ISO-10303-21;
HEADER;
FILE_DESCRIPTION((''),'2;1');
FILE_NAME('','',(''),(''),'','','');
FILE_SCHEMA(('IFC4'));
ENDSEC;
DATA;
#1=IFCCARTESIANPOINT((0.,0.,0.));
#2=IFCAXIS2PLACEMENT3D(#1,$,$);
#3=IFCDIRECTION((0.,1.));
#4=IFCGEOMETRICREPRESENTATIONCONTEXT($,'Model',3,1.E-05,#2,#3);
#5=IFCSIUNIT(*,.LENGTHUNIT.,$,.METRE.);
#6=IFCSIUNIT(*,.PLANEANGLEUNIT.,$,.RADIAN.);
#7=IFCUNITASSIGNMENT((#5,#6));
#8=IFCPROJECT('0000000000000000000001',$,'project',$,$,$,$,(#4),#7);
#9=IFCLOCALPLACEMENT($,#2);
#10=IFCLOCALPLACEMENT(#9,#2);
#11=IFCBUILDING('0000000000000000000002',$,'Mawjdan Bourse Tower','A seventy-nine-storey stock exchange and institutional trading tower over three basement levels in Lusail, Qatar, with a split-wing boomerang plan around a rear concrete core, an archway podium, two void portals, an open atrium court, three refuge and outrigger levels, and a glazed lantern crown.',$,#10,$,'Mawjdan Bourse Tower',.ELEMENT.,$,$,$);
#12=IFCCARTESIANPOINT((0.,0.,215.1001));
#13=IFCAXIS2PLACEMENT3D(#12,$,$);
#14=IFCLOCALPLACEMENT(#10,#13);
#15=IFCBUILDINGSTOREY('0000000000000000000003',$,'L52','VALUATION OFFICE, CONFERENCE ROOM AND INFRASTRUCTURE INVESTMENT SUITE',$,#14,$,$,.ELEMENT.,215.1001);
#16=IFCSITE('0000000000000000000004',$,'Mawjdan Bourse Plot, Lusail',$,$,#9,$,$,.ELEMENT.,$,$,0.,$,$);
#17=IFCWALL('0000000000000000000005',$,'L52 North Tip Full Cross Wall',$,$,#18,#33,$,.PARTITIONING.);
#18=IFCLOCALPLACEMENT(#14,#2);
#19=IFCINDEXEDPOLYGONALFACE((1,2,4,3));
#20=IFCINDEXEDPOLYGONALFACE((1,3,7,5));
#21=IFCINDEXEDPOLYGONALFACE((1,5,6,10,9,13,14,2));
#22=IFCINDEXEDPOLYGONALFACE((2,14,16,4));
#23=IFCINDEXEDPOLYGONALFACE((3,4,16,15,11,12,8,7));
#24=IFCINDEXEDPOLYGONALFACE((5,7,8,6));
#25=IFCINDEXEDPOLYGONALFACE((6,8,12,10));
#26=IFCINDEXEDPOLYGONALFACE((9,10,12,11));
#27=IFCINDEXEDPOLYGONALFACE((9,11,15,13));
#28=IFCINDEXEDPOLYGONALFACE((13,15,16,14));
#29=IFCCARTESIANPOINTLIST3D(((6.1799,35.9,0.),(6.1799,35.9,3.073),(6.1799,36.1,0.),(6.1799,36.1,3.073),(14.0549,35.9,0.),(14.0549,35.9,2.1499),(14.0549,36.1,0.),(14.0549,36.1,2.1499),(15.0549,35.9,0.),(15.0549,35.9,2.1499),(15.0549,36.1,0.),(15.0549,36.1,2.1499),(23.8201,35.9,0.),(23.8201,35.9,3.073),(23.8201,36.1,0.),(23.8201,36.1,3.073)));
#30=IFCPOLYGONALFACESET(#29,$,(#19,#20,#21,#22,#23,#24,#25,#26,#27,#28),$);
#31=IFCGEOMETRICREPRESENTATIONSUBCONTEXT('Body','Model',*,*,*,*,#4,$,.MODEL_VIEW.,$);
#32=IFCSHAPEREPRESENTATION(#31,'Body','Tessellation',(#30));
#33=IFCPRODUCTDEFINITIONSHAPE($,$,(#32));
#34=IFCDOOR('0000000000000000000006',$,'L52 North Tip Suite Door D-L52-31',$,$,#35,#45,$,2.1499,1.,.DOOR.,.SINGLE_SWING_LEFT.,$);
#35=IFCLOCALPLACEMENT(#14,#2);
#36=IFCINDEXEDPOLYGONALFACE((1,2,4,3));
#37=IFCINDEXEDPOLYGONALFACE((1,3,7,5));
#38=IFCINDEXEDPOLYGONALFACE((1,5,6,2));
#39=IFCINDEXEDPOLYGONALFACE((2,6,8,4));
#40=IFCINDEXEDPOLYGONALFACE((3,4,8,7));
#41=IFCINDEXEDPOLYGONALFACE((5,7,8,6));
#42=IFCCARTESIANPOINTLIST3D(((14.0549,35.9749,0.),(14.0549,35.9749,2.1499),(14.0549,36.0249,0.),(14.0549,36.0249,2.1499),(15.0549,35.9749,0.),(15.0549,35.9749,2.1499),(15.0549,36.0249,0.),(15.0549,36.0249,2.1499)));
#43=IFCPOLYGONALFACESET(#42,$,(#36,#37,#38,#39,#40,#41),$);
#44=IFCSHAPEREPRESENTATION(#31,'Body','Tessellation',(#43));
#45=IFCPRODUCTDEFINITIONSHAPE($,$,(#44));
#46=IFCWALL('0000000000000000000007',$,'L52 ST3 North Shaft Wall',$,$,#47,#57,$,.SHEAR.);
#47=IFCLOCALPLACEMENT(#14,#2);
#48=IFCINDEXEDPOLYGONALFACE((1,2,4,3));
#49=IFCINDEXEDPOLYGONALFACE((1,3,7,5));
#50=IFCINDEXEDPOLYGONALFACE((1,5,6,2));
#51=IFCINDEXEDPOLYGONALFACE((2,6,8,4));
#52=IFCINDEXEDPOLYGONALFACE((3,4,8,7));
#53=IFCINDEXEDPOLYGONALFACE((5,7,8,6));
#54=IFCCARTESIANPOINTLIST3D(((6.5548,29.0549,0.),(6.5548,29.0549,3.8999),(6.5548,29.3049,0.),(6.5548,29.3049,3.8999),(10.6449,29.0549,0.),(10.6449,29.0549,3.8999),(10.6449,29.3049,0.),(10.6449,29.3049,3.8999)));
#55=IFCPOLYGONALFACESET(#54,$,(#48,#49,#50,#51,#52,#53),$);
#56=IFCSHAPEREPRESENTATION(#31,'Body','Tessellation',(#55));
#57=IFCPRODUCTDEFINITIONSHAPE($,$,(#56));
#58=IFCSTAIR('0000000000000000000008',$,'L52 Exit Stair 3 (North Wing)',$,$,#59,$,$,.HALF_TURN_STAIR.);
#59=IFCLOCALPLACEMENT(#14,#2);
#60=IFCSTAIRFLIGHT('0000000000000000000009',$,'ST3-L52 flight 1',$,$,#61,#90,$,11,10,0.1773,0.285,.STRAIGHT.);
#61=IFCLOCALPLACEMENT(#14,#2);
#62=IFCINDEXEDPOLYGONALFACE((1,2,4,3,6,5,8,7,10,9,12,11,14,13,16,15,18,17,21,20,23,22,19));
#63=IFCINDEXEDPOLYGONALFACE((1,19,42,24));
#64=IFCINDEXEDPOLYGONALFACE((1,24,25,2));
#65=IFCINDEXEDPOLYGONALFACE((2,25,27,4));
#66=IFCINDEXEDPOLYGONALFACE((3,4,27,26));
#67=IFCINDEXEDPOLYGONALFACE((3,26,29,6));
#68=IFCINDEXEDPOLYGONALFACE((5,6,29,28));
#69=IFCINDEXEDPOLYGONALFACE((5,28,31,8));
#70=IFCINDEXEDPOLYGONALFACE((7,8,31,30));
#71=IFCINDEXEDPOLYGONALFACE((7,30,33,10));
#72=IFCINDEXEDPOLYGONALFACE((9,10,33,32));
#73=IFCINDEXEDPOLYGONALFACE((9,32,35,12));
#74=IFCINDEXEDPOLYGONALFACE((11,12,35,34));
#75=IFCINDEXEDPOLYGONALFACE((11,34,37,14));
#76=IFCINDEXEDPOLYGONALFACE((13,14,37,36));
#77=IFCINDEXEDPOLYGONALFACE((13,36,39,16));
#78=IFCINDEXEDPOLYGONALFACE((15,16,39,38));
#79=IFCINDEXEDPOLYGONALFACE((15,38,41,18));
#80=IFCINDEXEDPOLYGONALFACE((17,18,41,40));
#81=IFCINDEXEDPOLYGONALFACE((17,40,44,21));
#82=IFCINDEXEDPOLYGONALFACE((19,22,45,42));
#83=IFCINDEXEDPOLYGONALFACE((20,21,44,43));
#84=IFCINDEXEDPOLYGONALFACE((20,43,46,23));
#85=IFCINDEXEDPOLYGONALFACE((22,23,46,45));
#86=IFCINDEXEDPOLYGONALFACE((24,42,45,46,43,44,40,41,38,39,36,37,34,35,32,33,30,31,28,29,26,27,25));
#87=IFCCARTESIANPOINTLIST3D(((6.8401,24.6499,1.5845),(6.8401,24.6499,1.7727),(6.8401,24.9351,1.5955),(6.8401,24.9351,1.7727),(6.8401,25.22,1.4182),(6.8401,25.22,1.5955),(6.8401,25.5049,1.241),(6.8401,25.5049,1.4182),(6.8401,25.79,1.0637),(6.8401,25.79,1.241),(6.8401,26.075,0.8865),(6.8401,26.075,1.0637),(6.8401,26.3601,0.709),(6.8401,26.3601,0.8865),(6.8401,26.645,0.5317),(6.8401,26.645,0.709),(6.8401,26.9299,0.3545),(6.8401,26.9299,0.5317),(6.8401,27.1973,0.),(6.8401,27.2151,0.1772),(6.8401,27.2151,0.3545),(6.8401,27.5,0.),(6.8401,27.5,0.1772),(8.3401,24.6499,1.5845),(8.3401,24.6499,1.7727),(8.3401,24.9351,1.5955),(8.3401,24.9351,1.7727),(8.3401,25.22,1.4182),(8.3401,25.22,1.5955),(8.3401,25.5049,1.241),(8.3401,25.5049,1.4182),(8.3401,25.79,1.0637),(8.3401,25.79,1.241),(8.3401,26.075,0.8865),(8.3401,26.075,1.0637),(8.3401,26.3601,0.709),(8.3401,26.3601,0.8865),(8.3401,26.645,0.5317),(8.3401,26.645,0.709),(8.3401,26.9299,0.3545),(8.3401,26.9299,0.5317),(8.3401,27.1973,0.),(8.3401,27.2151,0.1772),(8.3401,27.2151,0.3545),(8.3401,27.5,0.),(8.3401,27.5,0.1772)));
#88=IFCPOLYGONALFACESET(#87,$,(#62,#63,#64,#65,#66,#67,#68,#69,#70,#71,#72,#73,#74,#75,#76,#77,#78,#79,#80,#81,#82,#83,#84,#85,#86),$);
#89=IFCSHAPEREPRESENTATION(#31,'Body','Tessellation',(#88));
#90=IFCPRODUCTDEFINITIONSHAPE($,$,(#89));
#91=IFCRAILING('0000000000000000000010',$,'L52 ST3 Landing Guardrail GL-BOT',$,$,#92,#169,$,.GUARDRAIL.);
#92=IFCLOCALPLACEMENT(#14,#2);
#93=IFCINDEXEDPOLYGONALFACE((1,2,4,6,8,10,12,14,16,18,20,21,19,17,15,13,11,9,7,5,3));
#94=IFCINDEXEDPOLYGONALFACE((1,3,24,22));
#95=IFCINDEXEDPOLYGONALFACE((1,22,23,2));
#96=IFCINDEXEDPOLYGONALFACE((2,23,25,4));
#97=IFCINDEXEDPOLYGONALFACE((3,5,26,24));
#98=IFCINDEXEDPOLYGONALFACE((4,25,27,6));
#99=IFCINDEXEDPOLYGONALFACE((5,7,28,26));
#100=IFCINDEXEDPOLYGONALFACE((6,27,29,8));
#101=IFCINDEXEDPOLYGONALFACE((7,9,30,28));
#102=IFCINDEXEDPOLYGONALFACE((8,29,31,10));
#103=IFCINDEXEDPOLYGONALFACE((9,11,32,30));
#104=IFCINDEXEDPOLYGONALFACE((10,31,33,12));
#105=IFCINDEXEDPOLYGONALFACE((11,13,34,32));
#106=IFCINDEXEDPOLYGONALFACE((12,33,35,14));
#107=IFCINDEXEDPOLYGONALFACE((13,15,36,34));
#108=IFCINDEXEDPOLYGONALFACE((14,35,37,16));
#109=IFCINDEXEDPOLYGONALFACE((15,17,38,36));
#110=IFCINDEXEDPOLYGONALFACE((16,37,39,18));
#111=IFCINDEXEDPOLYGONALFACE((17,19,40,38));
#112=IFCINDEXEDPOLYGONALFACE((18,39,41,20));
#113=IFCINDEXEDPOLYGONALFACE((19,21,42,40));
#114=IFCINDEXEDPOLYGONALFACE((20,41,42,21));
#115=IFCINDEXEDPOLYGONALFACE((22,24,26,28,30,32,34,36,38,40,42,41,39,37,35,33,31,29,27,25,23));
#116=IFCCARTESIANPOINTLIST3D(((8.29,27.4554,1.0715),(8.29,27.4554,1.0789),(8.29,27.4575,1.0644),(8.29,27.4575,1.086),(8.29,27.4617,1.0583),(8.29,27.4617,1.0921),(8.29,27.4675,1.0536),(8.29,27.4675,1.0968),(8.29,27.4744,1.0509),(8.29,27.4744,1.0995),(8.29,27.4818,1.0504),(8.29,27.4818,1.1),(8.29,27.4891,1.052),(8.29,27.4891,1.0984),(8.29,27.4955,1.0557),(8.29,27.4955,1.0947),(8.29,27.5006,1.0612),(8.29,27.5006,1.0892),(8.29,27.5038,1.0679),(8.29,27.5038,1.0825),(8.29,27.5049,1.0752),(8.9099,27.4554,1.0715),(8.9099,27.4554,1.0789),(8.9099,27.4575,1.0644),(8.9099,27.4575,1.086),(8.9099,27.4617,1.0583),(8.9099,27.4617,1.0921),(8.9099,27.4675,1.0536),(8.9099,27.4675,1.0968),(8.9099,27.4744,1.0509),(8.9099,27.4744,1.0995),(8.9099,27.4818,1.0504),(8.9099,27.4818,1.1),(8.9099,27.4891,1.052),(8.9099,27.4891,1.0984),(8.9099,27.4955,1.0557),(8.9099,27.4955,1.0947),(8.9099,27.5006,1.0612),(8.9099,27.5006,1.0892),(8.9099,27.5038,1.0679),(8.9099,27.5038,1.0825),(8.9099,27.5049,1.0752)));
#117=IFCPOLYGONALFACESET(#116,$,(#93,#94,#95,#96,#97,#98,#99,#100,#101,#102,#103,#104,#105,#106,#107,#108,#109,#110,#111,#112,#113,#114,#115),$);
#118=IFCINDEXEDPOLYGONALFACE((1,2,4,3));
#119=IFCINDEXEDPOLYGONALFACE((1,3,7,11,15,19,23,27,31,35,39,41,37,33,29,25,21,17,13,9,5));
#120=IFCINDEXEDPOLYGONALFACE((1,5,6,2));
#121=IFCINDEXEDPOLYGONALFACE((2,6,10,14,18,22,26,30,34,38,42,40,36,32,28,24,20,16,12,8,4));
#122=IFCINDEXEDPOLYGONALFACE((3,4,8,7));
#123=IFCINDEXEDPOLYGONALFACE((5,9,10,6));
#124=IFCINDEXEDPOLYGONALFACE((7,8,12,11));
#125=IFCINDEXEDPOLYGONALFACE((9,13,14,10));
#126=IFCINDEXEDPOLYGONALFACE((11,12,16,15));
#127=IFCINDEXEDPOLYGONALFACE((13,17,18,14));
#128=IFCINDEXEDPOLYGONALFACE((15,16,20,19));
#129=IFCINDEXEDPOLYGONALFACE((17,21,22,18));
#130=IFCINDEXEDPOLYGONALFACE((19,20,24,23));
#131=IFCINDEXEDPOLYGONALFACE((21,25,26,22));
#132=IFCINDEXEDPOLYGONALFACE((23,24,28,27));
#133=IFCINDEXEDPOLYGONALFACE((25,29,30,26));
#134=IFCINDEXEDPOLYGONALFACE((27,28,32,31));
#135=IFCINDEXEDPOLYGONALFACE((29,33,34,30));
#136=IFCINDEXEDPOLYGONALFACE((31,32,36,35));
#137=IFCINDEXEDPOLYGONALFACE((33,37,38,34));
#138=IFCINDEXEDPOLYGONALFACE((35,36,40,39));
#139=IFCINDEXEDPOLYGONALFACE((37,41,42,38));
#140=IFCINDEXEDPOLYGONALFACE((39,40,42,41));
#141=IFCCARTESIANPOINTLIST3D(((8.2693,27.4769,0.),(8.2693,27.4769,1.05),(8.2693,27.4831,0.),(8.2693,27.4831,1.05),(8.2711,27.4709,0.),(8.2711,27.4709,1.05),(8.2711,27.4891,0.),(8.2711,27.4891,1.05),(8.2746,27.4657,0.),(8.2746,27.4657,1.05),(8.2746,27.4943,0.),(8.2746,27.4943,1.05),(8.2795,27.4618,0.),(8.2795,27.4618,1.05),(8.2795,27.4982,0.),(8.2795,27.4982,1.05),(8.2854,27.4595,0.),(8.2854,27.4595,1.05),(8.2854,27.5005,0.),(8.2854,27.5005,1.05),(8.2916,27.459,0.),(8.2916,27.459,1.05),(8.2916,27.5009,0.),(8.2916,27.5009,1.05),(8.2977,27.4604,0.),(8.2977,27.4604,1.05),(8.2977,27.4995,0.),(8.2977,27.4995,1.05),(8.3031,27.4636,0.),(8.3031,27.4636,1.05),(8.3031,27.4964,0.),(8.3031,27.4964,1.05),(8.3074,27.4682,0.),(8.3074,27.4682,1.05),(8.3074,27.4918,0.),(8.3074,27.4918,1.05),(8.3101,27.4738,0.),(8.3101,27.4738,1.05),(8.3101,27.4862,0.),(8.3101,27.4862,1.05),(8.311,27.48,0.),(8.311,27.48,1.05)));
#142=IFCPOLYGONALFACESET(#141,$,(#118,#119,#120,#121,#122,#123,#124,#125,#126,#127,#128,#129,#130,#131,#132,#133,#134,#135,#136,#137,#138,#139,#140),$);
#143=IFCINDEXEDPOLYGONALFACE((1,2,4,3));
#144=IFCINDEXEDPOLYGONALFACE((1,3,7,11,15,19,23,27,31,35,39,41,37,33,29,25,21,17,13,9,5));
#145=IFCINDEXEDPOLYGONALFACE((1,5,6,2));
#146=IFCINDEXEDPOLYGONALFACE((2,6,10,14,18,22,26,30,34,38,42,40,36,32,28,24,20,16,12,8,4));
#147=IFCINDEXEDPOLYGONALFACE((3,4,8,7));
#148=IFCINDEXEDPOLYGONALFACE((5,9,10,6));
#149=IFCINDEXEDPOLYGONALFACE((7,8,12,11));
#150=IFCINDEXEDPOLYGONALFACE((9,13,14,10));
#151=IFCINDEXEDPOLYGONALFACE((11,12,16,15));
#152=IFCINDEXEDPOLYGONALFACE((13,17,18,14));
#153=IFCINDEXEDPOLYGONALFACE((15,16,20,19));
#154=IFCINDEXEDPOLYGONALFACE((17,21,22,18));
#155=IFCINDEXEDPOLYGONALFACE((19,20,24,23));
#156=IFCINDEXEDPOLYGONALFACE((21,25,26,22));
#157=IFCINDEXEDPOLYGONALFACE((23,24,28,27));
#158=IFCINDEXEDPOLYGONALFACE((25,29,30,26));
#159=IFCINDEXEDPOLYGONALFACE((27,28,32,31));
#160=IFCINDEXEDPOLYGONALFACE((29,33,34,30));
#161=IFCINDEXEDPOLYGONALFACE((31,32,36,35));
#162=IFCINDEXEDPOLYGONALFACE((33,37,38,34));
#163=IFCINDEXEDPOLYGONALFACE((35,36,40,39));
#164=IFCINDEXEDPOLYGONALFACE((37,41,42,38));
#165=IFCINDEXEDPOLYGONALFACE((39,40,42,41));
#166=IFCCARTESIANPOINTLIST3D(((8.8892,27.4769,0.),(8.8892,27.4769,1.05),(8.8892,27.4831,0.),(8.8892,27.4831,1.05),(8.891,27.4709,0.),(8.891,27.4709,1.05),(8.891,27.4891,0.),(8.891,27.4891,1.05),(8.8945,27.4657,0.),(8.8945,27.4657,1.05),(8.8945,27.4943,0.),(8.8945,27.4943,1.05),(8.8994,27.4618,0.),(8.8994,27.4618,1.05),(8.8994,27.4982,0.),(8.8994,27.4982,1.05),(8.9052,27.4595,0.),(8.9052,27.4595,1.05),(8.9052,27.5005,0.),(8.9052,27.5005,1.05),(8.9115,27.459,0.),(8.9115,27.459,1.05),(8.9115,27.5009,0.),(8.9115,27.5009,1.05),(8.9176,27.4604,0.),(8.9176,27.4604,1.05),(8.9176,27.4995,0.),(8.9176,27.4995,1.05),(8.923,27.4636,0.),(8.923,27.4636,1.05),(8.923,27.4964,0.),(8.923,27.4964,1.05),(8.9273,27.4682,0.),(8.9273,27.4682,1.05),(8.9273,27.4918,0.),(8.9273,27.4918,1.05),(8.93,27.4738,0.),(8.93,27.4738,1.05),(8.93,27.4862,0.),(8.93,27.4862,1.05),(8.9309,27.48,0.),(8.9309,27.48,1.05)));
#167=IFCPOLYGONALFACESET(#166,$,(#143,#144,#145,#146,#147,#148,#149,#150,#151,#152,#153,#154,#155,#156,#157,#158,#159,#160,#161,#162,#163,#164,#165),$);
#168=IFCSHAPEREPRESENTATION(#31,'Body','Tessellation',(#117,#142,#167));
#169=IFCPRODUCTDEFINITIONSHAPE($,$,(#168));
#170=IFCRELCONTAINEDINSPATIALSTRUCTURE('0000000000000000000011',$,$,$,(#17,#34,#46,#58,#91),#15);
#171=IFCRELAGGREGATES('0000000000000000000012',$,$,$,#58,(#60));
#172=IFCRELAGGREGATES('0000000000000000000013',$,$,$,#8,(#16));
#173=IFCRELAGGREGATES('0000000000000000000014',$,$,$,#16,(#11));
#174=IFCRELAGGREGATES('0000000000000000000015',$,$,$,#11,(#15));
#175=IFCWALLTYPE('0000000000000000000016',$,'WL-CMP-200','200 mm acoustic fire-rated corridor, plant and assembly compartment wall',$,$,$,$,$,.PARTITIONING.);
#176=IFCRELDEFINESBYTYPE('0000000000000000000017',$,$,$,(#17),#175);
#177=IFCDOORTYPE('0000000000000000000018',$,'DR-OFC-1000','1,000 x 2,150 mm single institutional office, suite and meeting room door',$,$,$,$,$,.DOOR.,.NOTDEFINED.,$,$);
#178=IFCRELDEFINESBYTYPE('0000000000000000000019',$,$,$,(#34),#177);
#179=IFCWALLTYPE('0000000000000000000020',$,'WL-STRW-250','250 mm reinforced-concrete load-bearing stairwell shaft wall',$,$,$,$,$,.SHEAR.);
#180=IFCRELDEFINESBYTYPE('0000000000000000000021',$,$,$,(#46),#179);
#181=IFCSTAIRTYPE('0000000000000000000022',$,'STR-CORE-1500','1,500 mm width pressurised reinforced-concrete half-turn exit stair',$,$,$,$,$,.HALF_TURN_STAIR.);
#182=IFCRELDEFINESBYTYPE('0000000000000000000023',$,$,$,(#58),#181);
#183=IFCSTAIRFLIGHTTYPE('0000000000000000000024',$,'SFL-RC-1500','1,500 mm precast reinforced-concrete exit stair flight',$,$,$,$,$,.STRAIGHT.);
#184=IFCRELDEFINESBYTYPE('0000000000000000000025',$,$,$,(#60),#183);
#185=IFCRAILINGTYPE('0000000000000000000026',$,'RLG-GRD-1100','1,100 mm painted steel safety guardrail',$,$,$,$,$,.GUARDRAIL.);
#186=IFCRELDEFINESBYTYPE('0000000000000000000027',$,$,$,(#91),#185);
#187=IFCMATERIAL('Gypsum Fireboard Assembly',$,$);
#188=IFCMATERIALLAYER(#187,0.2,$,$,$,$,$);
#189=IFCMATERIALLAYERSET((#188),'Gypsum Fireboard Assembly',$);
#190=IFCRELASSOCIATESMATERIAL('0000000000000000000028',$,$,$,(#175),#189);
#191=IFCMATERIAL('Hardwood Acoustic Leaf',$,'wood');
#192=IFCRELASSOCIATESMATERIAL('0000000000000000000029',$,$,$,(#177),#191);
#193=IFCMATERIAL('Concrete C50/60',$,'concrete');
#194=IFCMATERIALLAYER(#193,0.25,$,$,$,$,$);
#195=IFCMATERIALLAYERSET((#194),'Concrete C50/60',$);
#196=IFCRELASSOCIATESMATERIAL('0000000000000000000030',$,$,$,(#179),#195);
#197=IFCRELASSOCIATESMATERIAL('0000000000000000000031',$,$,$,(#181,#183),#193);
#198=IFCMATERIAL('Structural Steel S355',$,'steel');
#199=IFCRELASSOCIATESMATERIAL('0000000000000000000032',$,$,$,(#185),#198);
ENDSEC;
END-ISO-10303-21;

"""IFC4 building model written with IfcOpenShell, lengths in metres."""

from ifc_helpers import new_model, si_unit, direction, frame, frame_2d, origin, origin_2d, place, context, subcontext, project, spatial, polyline, rectangle, circle, outline, extrude, material, layer, layer_set, type_object, element, fill, aggregate, save


model = new_model("IFC4")

# Units and contexts
model_context = context("Model", 3, precision=1e-05, world=origin(), true_north=direction((0.0, 1.0)))
body_context = subcontext(model_context, "Body", "Model", "MODEL_VIEW")
ifc_project = project(units=[si_unit("LENGTHUNIT", "METRE"), si_unit("PLANEANGLEUNIT", "RADIAN")], contexts=[model_context])

# Site, building, storey
site_placement = place(None, origin())
site = spatial("IfcSite", under=ifc_project, at=site_placement, Name="Mawjdan Bourse Plot, Lusail", CompositionType="ELEMENT", RefElevation=0.0)
building_placement = place(site_placement, origin())
building = spatial("IfcBuilding", under=site, at=building_placement, Name="Mawjdan Bourse Tower", Description="A seventy-nine-storey stock exchange and institutional trading tower over three basement levels in Lusail, Qatar, with a split-wing boomerang plan around a rear concrete core, an archway podium, two void portals, an open atrium court, three refuge and outrigger levels, and a glazed lantern crown.", LongName="Mawjdan Bourse Tower", CompositionType="ELEMENT")
storey_placement = place(building_placement, frame((0.0, 0.0, 215.1001)))
storey = spatial("IfcBuildingStorey", under=building, at=storey_placement, Name="L52", Description="VALUATION OFFICE, CONFERENCE ROOM AND INFRASTRUCTURE INVESTMENT SUITE", CompositionType="ELEMENT", Elevation=215.1001)

# Shared definitions
ifc_material_1 = material(Name="Structural Steel S355", Category="steel")

# Shared definitions
ifc_material_2 = material(Name="Gypsum Fireboard Assembly")
ifc_layer_1 = layer(ifc_material_2, 0.2)
ifc_layer_set_1 = layer_set([ifc_layer_1], Name="Gypsum Fireboard Assembly")
wall_type_1 = type_object("IfcWallType", Name="WL-CMP-200", Description="200 mm acoustic fire-rated corridor, plant and assembly compartment wall", PredefinedType="PARTITIONING", material=ifc_layer_set_1)

# Wall, opening, door
ifc_material_3 = material(Name="Hardwood Acoustic Leaf", Category="wood")
door_type_1 = type_object("IfcDoorType", Name="DR-OFC-1000", Description="1,000 x 2,150 mm single institutional office, suite and meeting room door", OperationType="NOTDEFINED", PredefinedType="DOOR", material=ifc_material_3)
wall_1_placement = place(storey_placement, frame((6.1799, 36.0, 0.0), z_axis=(0.0, 0.0, 1.0), x_axis=(1.0, 0.0, 0.0)))
wall_1 = element("IfcWall", 1, at=wall_1_placement, inside=storey, type_object=wall_type_1, Name="L52 North Tip Full Cross Wall", PredefinedType="PARTITIONING", context=body_context, shape_type="SweptSolid", body=[
    extrude(rectangle(XDim=17.6401, YDim=0.2, at=frame_2d((8.8201, 0.0))), origin(), (0.0, 0.0, 1.0), 3.073),
])
opening_1_placement = place(wall_1_placement, frame((7.875, 0.0, 0.0)))
opening_1 = element("IfcOpeningElement", 2, at=opening_1_placement, cuts=wall_1, PredefinedType="OPENING", context=body_context, shape_type="SweptSolid", body=[
    extrude(rectangle(XDim=1.0, YDim=2.1499, at=frame_2d((0.5, 1.075))), frame((0.0, 0.1099, 0.0), z_axis=(0.0, -1.0, 0.0), x_axis=(1.0, 0.0, 0.0)), (0.0, 0.0, 1.0), 0.22),
])
door_1_placement = place(opening_1_placement, origin())
door_1 = element("IfcDoor", 3, at=door_1_placement, inside=storey, type_object=door_type_1, Name="L52 North Tip Suite Door D-L52-31", OperationType="SINGLE_SWING_LEFT", OverallHeight=2.1499, OverallWidth=1.0, PredefinedType="DOOR", context=body_context, shape_type="SweptSolid", body=[
    extrude(rectangle(XDim=1.0, YDim=2.1499, at=frame_2d((0.5, 1.075))), frame((0.0, 0.0249, 0.0), z_axis=(0.0, -1.0, 0.0), x_axis=(1.0, 0.0, 0.0)), (0.0, 0.0, 1.0), 0.05),
])
fill(opening_1, door_1)

# Wall
ifc_material_4 = material(Name="Concrete C50/60", Category="concrete")
ifc_layer_2 = layer(ifc_material_4, 0.25)
ifc_layer_set_2 = layer_set([ifc_layer_2], Name="Concrete C50/60")
wall_type_2 = type_object("IfcWallType", Name="WL-STRW-250", Description="250 mm reinforced-concrete load-bearing stairwell shaft wall", PredefinedType="SHEAR", material=ifc_layer_set_2)
wall_2_placement = place(storey_placement, frame((6.5549, 29.1799, 0.0), z_axis=(0.0, 0.0, 1.0), x_axis=(1.0, 0.0, 0.0)))
element("IfcWall", 4, at=wall_2_placement, inside=storey, type_object=wall_type_2, Name="L52 ST3 North Shaft Wall", PredefinedType="SHEAR", context=body_context, shape_type="SweptSolid", body=[
    extrude(rectangle(XDim=4.0901, YDim=0.25, at=frame_2d((2.0449, 0.0))), origin(), (0.0, 0.0, 1.0), 3.8999),
])

# Stair, stair flight
stair_type = type_object("IfcStairType", Name="STR-CORE-1500", Description="1,500 mm width pressurised reinforced-concrete half-turn exit stair", PredefinedType="HALF_TURN_STAIR", material=ifc_material_4)
stair_placement = place(storey_placement, origin())
stair = element("IfcStair", 5, at=stair_placement, inside=storey, type_object=stair_type, Name="L52 Exit Stair 3 (North Wing)", PredefinedType="HALF_TURN_STAIR")
stair_flight_type = type_object("IfcStairFlightType", Name="SFL-RC-1500", Description="1,500 mm precast reinforced-concrete exit stair flight", PredefinedType="STRAIGHT", material=ifc_material_4)
stair_flight_placement = place(storey_placement, frame((7.5901, 27.5, 0.0), z_axis=(0.0, 0.0, 1.0), x_axis=(0.0, -1.0, 0.0)))
stair_flight = element("IfcStairFlight", 6, at=stair_flight_placement, type_object=stair_flight_type, Name="ST3-L52 flight 1", NumberOfRisers=11, NumberOfTreads=10, PredefinedType="STRAIGHT", RiserHeight=0.1773, TreadLength=0.285, context=body_context, shape_type="SweptSolid", body=[
    extrude(outline(polyline([(0.0, 0.0), (0.0, 0.1772), (0.2849, 0.1772), (0.2849, 0.3545), (0.5701, 0.3545), (0.5701, 0.5317), (0.855, 0.5317), (0.855, 0.709), (1.1399, 0.709), (1.1399, 0.8865), (1.425, 0.8865), (1.425, 1.0637), (1.71, 1.0637), (1.71, 1.241), (1.9951, 1.241), (1.9951, 1.4182), (2.28, 1.4182), (2.28, 1.5955), (2.5649, 1.5955), (2.5649, 1.7727), (2.8501, 1.7727), (2.8501, 1.95), (2.8501, 1.5845), (0.3027, 0.0), (0.0, 0.0)])), frame((0.0, 0.75, 0.0), z_axis=(0.0, -1.0, 0.0), x_axis=(1.0, 0.0, 0.0)), (0.0, 0.0, 1.0), 1.5),
])
aggregate(stair, [stair_flight])

# Railing
railing_type_1 = type_object("IfcRailingType", Name="RLG-GRD-1100", Description="1,100 mm painted steel safety guardrail", PredefinedType="GUARDRAIL", material=ifc_material_1)
railing_1_placement = place(storey_placement, frame((8.29, 27.48, 0.0)))
element("IfcRailing", 7, at=railing_1_placement, inside=storey, type_object=railing_type_1, Name="L52 ST3 Landing Guardrail GL-BOT", PredefinedType="GUARDRAIL", context=body_context, shape_type="SweptSolid", body=[
    extrude(circle(Radius=0.0249, at=origin_2d()), frame((0.0, 0.0, 1.0752), z_axis=(1.0, 0.0, 0.0), x_axis=(0.0, 1.0, 0.0)), (0.0, 0.0, 1.0), 0.6199),
    extrude(circle(Radius=0.021, at=origin_2d()), origin(), (0.0, 0.0, 1.0), 1.05),
    extrude(circle(Radius=0.021, at=origin_2d()), frame((0.6199, 0.0, 0.0)), (0.0, 0.0, 1.0), 1.05),
])

save(model, "model.ifc")
